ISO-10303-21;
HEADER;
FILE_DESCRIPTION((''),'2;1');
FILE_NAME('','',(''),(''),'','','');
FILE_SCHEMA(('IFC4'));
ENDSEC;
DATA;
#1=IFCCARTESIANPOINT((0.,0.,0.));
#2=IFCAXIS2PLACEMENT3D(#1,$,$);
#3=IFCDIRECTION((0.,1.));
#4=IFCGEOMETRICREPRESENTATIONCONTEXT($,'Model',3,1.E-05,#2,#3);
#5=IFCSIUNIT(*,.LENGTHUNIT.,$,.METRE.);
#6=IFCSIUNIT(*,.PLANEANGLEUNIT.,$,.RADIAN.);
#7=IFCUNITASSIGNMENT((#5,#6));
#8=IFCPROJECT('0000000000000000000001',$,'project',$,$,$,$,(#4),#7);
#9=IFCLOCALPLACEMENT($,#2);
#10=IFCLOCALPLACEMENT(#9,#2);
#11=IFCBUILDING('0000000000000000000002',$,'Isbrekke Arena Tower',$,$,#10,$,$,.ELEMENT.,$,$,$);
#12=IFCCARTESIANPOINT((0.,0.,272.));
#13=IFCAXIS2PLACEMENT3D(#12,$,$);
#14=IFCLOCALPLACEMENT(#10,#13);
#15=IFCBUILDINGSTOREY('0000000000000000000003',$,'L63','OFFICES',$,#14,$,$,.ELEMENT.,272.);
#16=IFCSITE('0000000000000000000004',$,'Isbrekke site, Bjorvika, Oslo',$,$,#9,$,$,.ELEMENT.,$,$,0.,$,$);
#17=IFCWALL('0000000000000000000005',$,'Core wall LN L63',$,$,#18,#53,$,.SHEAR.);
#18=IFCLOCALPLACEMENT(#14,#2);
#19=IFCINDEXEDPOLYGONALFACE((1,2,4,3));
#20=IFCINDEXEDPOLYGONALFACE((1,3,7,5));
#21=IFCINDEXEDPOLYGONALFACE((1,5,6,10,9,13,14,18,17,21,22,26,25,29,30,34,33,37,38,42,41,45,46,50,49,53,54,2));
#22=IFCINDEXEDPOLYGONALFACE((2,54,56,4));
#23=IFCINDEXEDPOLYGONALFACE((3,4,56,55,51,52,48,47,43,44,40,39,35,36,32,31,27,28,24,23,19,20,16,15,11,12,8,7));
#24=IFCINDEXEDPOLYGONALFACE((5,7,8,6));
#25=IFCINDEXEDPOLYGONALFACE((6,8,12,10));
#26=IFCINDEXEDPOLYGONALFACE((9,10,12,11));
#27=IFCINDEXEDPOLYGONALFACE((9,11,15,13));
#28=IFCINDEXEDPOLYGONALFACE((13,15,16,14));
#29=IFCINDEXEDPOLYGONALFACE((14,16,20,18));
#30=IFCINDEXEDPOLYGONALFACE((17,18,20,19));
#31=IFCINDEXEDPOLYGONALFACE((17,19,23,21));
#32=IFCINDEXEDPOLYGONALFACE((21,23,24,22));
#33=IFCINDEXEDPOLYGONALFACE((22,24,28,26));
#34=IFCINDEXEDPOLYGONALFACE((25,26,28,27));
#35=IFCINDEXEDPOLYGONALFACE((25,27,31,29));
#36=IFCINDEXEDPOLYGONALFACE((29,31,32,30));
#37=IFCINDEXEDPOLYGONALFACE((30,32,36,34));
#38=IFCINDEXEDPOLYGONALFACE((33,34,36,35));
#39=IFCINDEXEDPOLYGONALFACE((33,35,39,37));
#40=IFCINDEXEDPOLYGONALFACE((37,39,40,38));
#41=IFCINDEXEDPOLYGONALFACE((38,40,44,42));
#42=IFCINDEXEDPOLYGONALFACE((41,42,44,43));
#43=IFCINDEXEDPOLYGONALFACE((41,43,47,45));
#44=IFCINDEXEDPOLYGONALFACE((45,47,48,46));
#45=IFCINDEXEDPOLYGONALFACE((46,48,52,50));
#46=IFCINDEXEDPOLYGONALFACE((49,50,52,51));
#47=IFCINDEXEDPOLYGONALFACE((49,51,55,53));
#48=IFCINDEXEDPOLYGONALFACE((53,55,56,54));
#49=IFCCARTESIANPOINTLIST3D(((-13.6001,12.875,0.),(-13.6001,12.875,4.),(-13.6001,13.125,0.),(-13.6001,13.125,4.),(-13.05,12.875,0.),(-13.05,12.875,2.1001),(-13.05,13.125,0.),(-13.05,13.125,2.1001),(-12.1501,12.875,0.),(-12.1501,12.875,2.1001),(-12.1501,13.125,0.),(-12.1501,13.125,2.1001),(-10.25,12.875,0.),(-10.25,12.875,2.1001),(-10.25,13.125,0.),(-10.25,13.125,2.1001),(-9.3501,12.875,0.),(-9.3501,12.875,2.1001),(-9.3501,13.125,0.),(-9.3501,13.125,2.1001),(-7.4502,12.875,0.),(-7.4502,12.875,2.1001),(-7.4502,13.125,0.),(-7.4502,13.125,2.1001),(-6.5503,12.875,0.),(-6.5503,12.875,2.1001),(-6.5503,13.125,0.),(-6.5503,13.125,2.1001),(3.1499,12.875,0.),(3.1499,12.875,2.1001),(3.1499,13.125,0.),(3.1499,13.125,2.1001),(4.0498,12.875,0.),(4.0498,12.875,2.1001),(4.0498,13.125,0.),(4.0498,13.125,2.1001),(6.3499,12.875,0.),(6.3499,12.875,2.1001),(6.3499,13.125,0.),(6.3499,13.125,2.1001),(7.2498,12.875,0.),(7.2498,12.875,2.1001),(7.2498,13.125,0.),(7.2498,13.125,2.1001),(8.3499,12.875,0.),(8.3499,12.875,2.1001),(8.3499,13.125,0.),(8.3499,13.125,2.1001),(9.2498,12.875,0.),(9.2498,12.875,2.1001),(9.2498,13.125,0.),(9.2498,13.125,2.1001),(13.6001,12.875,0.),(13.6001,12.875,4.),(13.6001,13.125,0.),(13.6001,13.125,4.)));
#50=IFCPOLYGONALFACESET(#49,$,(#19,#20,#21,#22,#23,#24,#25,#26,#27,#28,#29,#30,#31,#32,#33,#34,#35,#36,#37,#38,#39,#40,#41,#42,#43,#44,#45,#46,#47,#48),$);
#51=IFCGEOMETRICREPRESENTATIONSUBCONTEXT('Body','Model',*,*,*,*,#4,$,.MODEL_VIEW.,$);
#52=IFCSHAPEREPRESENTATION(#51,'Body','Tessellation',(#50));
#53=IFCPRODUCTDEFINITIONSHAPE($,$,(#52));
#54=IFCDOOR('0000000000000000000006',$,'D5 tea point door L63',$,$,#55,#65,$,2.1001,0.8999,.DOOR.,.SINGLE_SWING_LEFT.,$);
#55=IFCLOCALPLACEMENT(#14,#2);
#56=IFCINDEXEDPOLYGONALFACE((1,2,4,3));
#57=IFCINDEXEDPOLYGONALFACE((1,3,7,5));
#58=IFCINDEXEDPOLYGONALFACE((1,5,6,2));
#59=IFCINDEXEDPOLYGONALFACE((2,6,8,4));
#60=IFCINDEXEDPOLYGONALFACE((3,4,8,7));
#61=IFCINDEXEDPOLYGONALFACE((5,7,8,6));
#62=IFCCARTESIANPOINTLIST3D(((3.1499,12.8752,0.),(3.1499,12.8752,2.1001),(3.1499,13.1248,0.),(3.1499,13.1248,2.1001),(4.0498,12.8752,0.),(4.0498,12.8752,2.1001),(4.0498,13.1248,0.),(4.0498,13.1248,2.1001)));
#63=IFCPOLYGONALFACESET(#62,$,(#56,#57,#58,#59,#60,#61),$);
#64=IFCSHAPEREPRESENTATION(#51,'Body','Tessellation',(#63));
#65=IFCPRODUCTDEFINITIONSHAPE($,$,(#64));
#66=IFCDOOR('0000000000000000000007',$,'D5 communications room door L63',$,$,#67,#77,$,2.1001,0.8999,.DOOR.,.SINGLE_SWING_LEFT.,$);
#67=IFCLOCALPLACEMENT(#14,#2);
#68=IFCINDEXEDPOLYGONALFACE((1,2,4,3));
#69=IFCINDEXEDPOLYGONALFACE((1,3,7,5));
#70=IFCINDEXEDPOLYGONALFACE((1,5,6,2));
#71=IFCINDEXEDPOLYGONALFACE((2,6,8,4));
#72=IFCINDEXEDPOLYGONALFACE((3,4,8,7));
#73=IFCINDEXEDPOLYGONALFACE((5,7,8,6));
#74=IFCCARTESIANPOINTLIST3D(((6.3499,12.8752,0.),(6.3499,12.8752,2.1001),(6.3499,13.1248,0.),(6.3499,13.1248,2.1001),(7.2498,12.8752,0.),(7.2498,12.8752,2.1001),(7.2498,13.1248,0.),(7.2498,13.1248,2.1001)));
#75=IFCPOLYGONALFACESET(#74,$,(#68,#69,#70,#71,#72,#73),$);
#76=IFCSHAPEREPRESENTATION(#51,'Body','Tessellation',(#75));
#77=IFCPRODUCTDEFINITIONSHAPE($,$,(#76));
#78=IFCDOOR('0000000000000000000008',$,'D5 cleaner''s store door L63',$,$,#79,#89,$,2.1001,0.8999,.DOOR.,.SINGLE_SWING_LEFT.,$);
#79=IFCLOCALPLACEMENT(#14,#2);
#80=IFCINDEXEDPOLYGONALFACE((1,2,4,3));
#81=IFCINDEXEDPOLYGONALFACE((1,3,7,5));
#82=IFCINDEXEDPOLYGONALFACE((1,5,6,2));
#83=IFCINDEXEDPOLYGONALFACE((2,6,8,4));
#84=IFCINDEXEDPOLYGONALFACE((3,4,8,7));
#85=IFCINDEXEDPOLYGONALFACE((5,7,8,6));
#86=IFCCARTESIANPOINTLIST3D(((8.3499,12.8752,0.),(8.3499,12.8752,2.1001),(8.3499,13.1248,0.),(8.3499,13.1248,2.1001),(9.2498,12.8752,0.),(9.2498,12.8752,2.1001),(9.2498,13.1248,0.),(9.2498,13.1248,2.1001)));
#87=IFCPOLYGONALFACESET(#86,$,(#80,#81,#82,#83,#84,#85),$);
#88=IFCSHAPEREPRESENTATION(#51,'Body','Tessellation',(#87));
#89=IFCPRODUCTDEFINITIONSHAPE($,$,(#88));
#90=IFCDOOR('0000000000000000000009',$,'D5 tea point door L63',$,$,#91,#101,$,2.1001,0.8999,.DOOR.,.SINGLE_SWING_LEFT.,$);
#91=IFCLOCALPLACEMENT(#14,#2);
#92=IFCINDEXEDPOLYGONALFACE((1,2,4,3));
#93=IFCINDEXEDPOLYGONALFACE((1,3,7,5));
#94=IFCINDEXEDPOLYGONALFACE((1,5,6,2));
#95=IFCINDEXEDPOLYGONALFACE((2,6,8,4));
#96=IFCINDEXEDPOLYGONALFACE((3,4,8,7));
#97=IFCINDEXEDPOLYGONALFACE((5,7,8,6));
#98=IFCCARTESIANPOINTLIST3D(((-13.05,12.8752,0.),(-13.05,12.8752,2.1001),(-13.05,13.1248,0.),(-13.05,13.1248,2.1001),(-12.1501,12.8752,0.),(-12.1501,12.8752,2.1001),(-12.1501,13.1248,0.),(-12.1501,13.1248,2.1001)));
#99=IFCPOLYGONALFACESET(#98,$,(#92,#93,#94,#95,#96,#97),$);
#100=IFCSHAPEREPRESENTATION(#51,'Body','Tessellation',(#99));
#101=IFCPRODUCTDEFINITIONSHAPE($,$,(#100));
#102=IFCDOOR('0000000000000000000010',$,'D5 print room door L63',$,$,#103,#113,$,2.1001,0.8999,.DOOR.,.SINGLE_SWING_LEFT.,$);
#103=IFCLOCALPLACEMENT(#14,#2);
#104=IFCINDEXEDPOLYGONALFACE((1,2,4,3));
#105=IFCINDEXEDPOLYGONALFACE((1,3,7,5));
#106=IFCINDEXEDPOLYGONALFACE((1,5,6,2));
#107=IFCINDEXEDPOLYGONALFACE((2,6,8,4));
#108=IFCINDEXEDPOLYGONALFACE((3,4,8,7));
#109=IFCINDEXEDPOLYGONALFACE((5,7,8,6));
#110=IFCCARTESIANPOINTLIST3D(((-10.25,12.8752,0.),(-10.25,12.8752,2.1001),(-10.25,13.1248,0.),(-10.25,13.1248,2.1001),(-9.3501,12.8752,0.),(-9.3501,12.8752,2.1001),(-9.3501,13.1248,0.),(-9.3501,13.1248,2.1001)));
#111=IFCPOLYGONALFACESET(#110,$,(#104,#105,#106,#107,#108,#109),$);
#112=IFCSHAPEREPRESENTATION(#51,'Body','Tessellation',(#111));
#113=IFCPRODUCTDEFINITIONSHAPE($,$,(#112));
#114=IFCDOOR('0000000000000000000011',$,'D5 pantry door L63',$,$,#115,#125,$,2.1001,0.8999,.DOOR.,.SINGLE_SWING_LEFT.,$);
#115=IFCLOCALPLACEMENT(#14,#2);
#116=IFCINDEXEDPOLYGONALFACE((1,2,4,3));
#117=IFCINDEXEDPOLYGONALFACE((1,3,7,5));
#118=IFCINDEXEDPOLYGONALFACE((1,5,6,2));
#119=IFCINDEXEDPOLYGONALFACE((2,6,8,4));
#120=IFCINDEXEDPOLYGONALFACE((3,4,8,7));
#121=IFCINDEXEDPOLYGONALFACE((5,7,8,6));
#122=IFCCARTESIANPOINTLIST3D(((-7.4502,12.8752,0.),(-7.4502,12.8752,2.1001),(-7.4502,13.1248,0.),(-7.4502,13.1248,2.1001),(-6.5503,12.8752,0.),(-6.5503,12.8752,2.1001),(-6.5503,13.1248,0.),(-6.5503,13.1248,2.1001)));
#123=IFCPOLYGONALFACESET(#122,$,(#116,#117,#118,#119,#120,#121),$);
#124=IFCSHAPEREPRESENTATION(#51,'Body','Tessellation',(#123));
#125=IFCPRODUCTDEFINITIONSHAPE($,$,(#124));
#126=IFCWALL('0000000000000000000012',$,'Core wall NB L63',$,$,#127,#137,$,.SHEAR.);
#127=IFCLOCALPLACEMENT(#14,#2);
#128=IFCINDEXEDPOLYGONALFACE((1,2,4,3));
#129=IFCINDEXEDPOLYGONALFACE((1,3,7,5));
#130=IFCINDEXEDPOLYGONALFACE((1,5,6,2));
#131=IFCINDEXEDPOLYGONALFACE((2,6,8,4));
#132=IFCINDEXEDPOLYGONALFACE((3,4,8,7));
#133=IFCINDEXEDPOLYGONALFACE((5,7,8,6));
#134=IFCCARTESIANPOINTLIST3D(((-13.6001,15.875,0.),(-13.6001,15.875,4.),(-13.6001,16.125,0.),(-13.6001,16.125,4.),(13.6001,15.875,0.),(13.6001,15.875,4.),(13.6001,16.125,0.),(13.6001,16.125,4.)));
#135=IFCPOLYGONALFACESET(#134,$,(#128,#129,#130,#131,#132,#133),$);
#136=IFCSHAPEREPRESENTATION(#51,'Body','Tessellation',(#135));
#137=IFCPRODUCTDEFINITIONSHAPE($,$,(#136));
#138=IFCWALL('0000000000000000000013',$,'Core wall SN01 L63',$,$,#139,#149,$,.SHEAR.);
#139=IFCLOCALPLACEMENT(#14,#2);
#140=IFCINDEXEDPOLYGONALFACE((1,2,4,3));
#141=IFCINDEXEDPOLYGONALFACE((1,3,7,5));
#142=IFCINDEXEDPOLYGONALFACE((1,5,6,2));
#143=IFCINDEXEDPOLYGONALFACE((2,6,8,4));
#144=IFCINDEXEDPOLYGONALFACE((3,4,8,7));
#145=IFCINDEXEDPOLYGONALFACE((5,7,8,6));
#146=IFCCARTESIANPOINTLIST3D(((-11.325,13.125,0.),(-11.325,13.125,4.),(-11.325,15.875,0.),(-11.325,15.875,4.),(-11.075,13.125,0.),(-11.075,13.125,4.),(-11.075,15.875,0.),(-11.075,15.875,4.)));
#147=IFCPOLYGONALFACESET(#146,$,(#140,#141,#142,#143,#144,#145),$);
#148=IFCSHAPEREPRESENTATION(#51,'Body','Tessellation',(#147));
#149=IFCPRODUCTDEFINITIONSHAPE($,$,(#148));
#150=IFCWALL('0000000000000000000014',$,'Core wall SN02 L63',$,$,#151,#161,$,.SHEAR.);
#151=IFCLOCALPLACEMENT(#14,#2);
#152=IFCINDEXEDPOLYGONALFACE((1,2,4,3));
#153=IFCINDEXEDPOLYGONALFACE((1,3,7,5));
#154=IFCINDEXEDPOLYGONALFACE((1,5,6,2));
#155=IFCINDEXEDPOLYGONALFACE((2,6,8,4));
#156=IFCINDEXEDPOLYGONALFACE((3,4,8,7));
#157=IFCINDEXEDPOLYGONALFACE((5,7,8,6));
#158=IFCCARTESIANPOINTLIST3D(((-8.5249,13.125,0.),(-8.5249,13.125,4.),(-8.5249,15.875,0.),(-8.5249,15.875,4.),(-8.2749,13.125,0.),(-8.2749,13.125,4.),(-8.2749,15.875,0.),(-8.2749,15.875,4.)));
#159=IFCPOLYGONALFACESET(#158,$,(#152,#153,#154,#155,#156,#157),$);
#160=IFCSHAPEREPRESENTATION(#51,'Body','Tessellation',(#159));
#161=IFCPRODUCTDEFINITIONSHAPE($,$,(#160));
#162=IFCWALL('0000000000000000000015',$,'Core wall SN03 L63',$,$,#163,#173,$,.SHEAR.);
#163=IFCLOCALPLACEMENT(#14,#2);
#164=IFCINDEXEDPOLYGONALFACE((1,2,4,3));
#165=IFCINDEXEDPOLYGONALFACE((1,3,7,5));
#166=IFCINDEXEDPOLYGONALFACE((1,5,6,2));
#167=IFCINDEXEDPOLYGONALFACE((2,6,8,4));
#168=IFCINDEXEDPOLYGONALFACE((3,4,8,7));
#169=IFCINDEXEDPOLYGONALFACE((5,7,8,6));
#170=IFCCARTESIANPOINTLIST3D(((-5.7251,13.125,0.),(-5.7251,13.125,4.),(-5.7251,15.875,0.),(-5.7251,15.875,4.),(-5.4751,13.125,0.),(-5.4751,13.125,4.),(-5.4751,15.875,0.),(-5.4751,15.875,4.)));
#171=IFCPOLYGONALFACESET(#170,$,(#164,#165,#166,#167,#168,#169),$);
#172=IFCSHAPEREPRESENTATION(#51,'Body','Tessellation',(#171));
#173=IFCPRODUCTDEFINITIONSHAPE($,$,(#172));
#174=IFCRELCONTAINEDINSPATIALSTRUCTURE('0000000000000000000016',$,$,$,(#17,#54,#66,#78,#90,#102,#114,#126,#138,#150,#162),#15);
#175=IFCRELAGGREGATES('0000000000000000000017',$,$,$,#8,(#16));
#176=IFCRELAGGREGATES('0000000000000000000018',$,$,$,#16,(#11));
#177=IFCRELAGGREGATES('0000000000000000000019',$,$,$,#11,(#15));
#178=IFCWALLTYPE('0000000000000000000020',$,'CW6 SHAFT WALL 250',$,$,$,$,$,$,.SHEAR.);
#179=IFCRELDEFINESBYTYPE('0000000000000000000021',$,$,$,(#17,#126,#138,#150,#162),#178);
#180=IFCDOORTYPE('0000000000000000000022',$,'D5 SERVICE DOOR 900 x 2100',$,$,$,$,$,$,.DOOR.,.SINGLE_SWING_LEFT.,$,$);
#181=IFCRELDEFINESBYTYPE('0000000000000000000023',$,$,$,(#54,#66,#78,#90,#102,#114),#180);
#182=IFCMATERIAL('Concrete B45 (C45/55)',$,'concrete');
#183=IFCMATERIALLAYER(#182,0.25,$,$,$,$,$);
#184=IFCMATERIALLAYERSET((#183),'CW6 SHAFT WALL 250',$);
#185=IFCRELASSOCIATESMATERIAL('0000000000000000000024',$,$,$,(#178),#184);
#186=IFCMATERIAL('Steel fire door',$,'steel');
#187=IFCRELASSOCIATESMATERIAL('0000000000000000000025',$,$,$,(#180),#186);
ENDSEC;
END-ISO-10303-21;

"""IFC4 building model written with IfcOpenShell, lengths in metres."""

from ifc_helpers import new_model, si_unit, direction, frame, frame_2d, origin, place, context, subcontext, project, spatial, rectangle, extrude, material, layer, layer_set, type_object, element, fill, save


model = new_model("IFC4")

# Units and contexts
model_context = context("Model", 3, precision=1e-05, world=origin(), true_north=direction((0.0, 1.0)))
body_context = subcontext(model_context, "Body", "Model", "MODEL_VIEW")
ifc_project = project(units=[si_unit("LENGTHUNIT", "METRE"), si_unit("PLANEANGLEUNIT", "RADIAN")], contexts=[model_context])

# Site, building, storey
site_placement = place(None, origin())
site = spatial("IfcSite", under=ifc_project, at=site_placement, Name="Isbrekke site, Bjorvika, Oslo", CompositionType="ELEMENT", RefElevation=0.0)
building_placement = place(site_placement, origin())
building = spatial("IfcBuilding", under=site, at=building_placement, Name="Isbrekke Arena Tower", CompositionType="ELEMENT")
storey_placement = place(building_placement, frame((0.0, 0.0, 272.0)))
storey = spatial("IfcBuildingStorey", under=building, at=storey_placement, Name="L63", Description="OFFICES", CompositionType="ELEMENT", Elevation=272.0)

# Wall, openings, doors
ifc_material_1 = material(Name="Concrete B45 (C45/55)", Category="concrete")
ifc_layer_1 = layer(ifc_material_1, 0.25)
ifc_layer_set_1 = layer_set([ifc_layer_1], Name="CW6 SHAFT WALL 250")
wall_type_1 = type_object("IfcWallType", Name="CW6 SHAFT WALL 250", PredefinedType="SHEAR", material=ifc_layer_set_1)
wall_1_placement = place(storey_placement, frame((-13.6001, 13.0, 0.0), z_axis=(0.0, 0.0, 1.0), x_axis=(1.0, 0.0, 0.0)))
wall_1 = element("IfcWall", 1, at=wall_1_placement, inside=storey, type_object=wall_type_1, Name="Core wall LN L63", PredefinedType="SHEAR", context=body_context, shape_type="SweptSolid", body=[
    extrude(rectangle(XDim=27.2002, YDim=0.25, at=frame_2d((13.6001, 0.0))), origin(), (0.0, 0.0, 1.0), 4.0),
])
opening_1_placement = place(wall_1_placement, frame((16.75, 0.0, 0.0)))
opening_1 = element("IfcOpeningElement", 2, at=opening_1_placement, cuts=wall_1, PredefinedType="OPENING", context=body_context, shape_type="SweptSolid", body=[
    extrude(rectangle(XDim=0.8999, YDim=2.1001, at=frame_2d((0.45, 1.05))), frame((0.0, 0.1399, 0.0), z_axis=(0.0, -1.0, 0.0), x_axis=(1.0, 0.0, 0.0)), (0.0, 0.0, 1.0), 0.2798),
])
opening_2_placement = place(wall_1_placement, frame((19.95, 0.0, 0.0)))
opening_2 = element("IfcOpeningElement", 3, at=opening_2_placement, cuts=wall_1, PredefinedType="OPENING", context=body_context, shape_type="SweptSolid", body=[
    extrude(rectangle(XDim=0.8999, YDim=2.1001, at=frame_2d((0.45, 1.05))), frame((0.0, 0.1399, 0.0), z_axis=(0.0, -1.0, 0.0), x_axis=(1.0, 0.0, 0.0)), (0.0, 0.0, 1.0), 0.2798),
])
opening_3_placement = place(wall_1_placement, frame((21.95, 0.0, 0.0)))
opening_3 = element("IfcOpeningElement", 4, at=opening_3_placement, cuts=wall_1, PredefinedType="OPENING", context=body_context, shape_type="SweptSolid", body=[
    extrude(rectangle(XDim=0.8999, YDim=2.1001, at=frame_2d((0.45, 1.05))), frame((0.0, 0.1399, 0.0), z_axis=(0.0, -1.0, 0.0), x_axis=(1.0, 0.0, 0.0)), (0.0, 0.0, 1.0), 0.2798),
])
opening_4_placement = place(wall_1_placement, frame((0.55, 0.0, 0.0)))
opening_4 = element("IfcOpeningElement", 5, at=opening_4_placement, cuts=wall_1, PredefinedType="OPENING", context=body_context, shape_type="SweptSolid", body=[
    extrude(rectangle(XDim=0.8999, YDim=2.1001, at=frame_2d((0.45, 1.05))), frame((0.0, 0.1399, 0.0), z_axis=(0.0, -1.0, 0.0), x_axis=(1.0, 0.0, 0.0)), (0.0, 0.0, 1.0), 0.2798),
])
opening_5_placement = place(wall_1_placement, frame((3.3501, 0.0, 0.0)))
opening_5 = element("IfcOpeningElement", 6, at=opening_5_placement, cuts=wall_1, PredefinedType="OPENING", context=body_context, shape_type="SweptSolid", body=[
    extrude(rectangle(XDim=0.8999, YDim=2.1001, at=frame_2d((0.45, 1.05))), frame((0.0, 0.1399, 0.0), z_axis=(0.0, -1.0, 0.0), x_axis=(1.0, 0.0, 0.0)), (0.0, 0.0, 1.0), 0.2798),
])
opening_6_placement = place(wall_1_placement, frame((6.1499, 0.0, 0.0)))
opening_6 = element("IfcOpeningElement", 7, at=opening_6_placement, cuts=wall_1, PredefinedType="OPENING", context=body_context, shape_type="SweptSolid", body=[
    extrude(rectangle(XDim=0.8999, YDim=2.1001, at=frame_2d((0.45, 1.05))), frame((0.0, 0.1399, 0.0), z_axis=(0.0, -1.0, 0.0), x_axis=(1.0, 0.0, 0.0)), (0.0, 0.0, 1.0), 0.2798),
])
ifc_material_2 = material(Name="Steel fire door", Category="steel")
door_type_1 = type_object("IfcDoorType", Name="D5 SERVICE DOOR 900 x 2100", OperationType="SINGLE_SWING_LEFT", PredefinedType="DOOR", material=ifc_material_2)
door_1_placement = place(opening_1_placement, origin())
door_1 = element("IfcDoor", 8, at=door_1_placement, inside=storey, type_object=door_type_1, Name="D5 tea point door L63", OperationType="SINGLE_SWING_LEFT", OverallHeight=2.1001, OverallWidth=0.8999, PredefinedType="DOOR", context=body_context, shape_type="SweptSolid", body=[
    extrude(rectangle(XDim=0.8999, YDim=2.1001, at=frame_2d((0.45, 1.05))), frame((0.0, 0.1248, 0.0), z_axis=(0.0, -1.0, 0.0), x_axis=(1.0, 0.0, 0.0)), (0.0, 0.0, 1.0), 0.2495),
])
fill(opening_1, door_1)
door_2_placement = place(opening_2_placement, origin())
door_2 = element("IfcDoor", 9, at=door_2_placement, inside=storey, type_object=door_type_1, Name="D5 communications room door L63", OperationType="SINGLE_SWING_LEFT", OverallHeight=2.1001, OverallWidth=0.8999, PredefinedType="DOOR", context=body_context, shape_type="SweptSolid", body=[
    extrude(rectangle(XDim=0.8999, YDim=2.1001, at=frame_2d((0.45, 1.05))), frame((0.0, 0.1248, 0.0), z_axis=(0.0, -1.0, 0.0), x_axis=(1.0, 0.0, 0.0)), (0.0, 0.0, 1.0), 0.2495),
])
fill(opening_2, door_2)
door_3_placement = place(opening_3_placement, origin())
door_3 = element("IfcDoor", 10, at=door_3_placement, inside=storey, type_object=door_type_1, Name="D5 cleaner's store door L63", OperationType="SINGLE_SWING_LEFT", OverallHeight=2.1001, OverallWidth=0.8999, PredefinedType="DOOR", context=body_context, shape_type="SweptSolid", body=[
    extrude(rectangle(XDim=0.8999, YDim=2.1001, at=frame_2d((0.45, 1.05))), frame((0.0, 0.1248, 0.0), z_axis=(0.0, -1.0, 0.0), x_axis=(1.0, 0.0, 0.0)), (0.0, 0.0, 1.0), 0.2495),
])
fill(opening_3, door_3)
door_4_placement = place(opening_4_placement, origin())
door_4 = element("IfcDoor", 11, at=door_4_placement, inside=storey, type_object=door_type_1, Name="D5 tea point door L63", OperationType="SINGLE_SWING_LEFT", OverallHeight=2.1001, OverallWidth=0.8999, PredefinedType="DOOR", context=body_context, shape_type="SweptSolid", body=[
    extrude(rectangle(XDim=0.8999, YDim=2.1001, at=frame_2d((0.45, 1.05))), frame((0.0, 0.1248, 0.0), z_axis=(0.0, -1.0, 0.0), x_axis=(1.0, 0.0, 0.0)), (0.0, 0.0, 1.0), 0.2495),
])
fill(opening_4, door_4)
door_5_placement = place(opening_5_placement, origin())
door_5 = element("IfcDoor", 12, at=door_5_placement, inside=storey, type_object=door_type_1, Name="D5 print room door L63", OperationType="SINGLE_SWING_LEFT", OverallHeight=2.1001, OverallWidth=0.8999, PredefinedType="DOOR", context=body_context, shape_type="SweptSolid", body=[
    extrude(rectangle(XDim=0.8999, YDim=2.1001, at=frame_2d((0.45, 1.05))), frame((0.0, 0.1248, 0.0), z_axis=(0.0, -1.0, 0.0), x_axis=(1.0, 0.0, 0.0)), (0.0, 0.0, 1.0), 0.2495),
])
fill(opening_5, door_5)
door_6_placement = place(opening_6_placement, origin())
door_6 = element("IfcDoor", 13, at=door_6_placement, inside=storey, type_object=door_type_1, Name="D5 pantry door L63", OperationType="SINGLE_SWING_LEFT", OverallHeight=2.1001, OverallWidth=0.8999, PredefinedType="DOOR", context=body_context, shape_type="SweptSolid", body=[
    extrude(rectangle(XDim=0.8999, YDim=2.1001, at=frame_2d((0.45, 1.05))), frame((0.0, 0.1248, 0.0), z_axis=(0.0, -1.0, 0.0), x_axis=(1.0, 0.0, 0.0)), (0.0, 0.0, 1.0), 0.2495),
])
fill(opening_6, door_6)

# Walls
wall_2_placement = place(storey_placement, frame((-13.6001, 16.0, 0.0), z_axis=(0.0, 0.0, 1.0), x_axis=(1.0, 0.0, 0.0)))
element("IfcWall", 14, at=wall_2_placement, inside=storey, type_object=wall_type_1, Name="Core wall NB L63", PredefinedType="SHEAR", context=body_context, shape_type="SweptSolid", body=[
    extrude(rectangle(XDim=27.2002, YDim=0.25, at=frame_2d((13.6001, 0.0))), origin(), (0.0, 0.0, 1.0), 4.0),
])
for number, where, z_axis, x_axis, name in (
    (15, (-11.2, 13.125, 0.0), (0.0, 0.0, 1.0), (0.0, 1.0, 0.0), "Core wall SN01 L63"),
    (16, (-8.3999, 13.125, 0.0), (0.0, 0.0, 1.0), (0.0, 1.0, 0.0), "Core wall SN02 L63"),
    (17, (-5.6001, 13.125, 0.0), (0.0, 0.0, 1.0), (0.0, 1.0, 0.0), "Core wall SN03 L63"),
):
    element("IfcWall", number, at=place(storey_placement, frame(where, z_axis=z_axis, x_axis=x_axis)), inside=storey, type_object=wall_type_1, Name=name, PredefinedType="SHEAR", context=body_context, shape_type="SweptSolid", body=[
        extrude(rectangle(XDim=2.75, YDim=0.25, at=frame_2d((1.375, 0.0))), origin(), (0.0, 0.0, 1.0), 4.0),
    ])

save(model, "model.ifc")
